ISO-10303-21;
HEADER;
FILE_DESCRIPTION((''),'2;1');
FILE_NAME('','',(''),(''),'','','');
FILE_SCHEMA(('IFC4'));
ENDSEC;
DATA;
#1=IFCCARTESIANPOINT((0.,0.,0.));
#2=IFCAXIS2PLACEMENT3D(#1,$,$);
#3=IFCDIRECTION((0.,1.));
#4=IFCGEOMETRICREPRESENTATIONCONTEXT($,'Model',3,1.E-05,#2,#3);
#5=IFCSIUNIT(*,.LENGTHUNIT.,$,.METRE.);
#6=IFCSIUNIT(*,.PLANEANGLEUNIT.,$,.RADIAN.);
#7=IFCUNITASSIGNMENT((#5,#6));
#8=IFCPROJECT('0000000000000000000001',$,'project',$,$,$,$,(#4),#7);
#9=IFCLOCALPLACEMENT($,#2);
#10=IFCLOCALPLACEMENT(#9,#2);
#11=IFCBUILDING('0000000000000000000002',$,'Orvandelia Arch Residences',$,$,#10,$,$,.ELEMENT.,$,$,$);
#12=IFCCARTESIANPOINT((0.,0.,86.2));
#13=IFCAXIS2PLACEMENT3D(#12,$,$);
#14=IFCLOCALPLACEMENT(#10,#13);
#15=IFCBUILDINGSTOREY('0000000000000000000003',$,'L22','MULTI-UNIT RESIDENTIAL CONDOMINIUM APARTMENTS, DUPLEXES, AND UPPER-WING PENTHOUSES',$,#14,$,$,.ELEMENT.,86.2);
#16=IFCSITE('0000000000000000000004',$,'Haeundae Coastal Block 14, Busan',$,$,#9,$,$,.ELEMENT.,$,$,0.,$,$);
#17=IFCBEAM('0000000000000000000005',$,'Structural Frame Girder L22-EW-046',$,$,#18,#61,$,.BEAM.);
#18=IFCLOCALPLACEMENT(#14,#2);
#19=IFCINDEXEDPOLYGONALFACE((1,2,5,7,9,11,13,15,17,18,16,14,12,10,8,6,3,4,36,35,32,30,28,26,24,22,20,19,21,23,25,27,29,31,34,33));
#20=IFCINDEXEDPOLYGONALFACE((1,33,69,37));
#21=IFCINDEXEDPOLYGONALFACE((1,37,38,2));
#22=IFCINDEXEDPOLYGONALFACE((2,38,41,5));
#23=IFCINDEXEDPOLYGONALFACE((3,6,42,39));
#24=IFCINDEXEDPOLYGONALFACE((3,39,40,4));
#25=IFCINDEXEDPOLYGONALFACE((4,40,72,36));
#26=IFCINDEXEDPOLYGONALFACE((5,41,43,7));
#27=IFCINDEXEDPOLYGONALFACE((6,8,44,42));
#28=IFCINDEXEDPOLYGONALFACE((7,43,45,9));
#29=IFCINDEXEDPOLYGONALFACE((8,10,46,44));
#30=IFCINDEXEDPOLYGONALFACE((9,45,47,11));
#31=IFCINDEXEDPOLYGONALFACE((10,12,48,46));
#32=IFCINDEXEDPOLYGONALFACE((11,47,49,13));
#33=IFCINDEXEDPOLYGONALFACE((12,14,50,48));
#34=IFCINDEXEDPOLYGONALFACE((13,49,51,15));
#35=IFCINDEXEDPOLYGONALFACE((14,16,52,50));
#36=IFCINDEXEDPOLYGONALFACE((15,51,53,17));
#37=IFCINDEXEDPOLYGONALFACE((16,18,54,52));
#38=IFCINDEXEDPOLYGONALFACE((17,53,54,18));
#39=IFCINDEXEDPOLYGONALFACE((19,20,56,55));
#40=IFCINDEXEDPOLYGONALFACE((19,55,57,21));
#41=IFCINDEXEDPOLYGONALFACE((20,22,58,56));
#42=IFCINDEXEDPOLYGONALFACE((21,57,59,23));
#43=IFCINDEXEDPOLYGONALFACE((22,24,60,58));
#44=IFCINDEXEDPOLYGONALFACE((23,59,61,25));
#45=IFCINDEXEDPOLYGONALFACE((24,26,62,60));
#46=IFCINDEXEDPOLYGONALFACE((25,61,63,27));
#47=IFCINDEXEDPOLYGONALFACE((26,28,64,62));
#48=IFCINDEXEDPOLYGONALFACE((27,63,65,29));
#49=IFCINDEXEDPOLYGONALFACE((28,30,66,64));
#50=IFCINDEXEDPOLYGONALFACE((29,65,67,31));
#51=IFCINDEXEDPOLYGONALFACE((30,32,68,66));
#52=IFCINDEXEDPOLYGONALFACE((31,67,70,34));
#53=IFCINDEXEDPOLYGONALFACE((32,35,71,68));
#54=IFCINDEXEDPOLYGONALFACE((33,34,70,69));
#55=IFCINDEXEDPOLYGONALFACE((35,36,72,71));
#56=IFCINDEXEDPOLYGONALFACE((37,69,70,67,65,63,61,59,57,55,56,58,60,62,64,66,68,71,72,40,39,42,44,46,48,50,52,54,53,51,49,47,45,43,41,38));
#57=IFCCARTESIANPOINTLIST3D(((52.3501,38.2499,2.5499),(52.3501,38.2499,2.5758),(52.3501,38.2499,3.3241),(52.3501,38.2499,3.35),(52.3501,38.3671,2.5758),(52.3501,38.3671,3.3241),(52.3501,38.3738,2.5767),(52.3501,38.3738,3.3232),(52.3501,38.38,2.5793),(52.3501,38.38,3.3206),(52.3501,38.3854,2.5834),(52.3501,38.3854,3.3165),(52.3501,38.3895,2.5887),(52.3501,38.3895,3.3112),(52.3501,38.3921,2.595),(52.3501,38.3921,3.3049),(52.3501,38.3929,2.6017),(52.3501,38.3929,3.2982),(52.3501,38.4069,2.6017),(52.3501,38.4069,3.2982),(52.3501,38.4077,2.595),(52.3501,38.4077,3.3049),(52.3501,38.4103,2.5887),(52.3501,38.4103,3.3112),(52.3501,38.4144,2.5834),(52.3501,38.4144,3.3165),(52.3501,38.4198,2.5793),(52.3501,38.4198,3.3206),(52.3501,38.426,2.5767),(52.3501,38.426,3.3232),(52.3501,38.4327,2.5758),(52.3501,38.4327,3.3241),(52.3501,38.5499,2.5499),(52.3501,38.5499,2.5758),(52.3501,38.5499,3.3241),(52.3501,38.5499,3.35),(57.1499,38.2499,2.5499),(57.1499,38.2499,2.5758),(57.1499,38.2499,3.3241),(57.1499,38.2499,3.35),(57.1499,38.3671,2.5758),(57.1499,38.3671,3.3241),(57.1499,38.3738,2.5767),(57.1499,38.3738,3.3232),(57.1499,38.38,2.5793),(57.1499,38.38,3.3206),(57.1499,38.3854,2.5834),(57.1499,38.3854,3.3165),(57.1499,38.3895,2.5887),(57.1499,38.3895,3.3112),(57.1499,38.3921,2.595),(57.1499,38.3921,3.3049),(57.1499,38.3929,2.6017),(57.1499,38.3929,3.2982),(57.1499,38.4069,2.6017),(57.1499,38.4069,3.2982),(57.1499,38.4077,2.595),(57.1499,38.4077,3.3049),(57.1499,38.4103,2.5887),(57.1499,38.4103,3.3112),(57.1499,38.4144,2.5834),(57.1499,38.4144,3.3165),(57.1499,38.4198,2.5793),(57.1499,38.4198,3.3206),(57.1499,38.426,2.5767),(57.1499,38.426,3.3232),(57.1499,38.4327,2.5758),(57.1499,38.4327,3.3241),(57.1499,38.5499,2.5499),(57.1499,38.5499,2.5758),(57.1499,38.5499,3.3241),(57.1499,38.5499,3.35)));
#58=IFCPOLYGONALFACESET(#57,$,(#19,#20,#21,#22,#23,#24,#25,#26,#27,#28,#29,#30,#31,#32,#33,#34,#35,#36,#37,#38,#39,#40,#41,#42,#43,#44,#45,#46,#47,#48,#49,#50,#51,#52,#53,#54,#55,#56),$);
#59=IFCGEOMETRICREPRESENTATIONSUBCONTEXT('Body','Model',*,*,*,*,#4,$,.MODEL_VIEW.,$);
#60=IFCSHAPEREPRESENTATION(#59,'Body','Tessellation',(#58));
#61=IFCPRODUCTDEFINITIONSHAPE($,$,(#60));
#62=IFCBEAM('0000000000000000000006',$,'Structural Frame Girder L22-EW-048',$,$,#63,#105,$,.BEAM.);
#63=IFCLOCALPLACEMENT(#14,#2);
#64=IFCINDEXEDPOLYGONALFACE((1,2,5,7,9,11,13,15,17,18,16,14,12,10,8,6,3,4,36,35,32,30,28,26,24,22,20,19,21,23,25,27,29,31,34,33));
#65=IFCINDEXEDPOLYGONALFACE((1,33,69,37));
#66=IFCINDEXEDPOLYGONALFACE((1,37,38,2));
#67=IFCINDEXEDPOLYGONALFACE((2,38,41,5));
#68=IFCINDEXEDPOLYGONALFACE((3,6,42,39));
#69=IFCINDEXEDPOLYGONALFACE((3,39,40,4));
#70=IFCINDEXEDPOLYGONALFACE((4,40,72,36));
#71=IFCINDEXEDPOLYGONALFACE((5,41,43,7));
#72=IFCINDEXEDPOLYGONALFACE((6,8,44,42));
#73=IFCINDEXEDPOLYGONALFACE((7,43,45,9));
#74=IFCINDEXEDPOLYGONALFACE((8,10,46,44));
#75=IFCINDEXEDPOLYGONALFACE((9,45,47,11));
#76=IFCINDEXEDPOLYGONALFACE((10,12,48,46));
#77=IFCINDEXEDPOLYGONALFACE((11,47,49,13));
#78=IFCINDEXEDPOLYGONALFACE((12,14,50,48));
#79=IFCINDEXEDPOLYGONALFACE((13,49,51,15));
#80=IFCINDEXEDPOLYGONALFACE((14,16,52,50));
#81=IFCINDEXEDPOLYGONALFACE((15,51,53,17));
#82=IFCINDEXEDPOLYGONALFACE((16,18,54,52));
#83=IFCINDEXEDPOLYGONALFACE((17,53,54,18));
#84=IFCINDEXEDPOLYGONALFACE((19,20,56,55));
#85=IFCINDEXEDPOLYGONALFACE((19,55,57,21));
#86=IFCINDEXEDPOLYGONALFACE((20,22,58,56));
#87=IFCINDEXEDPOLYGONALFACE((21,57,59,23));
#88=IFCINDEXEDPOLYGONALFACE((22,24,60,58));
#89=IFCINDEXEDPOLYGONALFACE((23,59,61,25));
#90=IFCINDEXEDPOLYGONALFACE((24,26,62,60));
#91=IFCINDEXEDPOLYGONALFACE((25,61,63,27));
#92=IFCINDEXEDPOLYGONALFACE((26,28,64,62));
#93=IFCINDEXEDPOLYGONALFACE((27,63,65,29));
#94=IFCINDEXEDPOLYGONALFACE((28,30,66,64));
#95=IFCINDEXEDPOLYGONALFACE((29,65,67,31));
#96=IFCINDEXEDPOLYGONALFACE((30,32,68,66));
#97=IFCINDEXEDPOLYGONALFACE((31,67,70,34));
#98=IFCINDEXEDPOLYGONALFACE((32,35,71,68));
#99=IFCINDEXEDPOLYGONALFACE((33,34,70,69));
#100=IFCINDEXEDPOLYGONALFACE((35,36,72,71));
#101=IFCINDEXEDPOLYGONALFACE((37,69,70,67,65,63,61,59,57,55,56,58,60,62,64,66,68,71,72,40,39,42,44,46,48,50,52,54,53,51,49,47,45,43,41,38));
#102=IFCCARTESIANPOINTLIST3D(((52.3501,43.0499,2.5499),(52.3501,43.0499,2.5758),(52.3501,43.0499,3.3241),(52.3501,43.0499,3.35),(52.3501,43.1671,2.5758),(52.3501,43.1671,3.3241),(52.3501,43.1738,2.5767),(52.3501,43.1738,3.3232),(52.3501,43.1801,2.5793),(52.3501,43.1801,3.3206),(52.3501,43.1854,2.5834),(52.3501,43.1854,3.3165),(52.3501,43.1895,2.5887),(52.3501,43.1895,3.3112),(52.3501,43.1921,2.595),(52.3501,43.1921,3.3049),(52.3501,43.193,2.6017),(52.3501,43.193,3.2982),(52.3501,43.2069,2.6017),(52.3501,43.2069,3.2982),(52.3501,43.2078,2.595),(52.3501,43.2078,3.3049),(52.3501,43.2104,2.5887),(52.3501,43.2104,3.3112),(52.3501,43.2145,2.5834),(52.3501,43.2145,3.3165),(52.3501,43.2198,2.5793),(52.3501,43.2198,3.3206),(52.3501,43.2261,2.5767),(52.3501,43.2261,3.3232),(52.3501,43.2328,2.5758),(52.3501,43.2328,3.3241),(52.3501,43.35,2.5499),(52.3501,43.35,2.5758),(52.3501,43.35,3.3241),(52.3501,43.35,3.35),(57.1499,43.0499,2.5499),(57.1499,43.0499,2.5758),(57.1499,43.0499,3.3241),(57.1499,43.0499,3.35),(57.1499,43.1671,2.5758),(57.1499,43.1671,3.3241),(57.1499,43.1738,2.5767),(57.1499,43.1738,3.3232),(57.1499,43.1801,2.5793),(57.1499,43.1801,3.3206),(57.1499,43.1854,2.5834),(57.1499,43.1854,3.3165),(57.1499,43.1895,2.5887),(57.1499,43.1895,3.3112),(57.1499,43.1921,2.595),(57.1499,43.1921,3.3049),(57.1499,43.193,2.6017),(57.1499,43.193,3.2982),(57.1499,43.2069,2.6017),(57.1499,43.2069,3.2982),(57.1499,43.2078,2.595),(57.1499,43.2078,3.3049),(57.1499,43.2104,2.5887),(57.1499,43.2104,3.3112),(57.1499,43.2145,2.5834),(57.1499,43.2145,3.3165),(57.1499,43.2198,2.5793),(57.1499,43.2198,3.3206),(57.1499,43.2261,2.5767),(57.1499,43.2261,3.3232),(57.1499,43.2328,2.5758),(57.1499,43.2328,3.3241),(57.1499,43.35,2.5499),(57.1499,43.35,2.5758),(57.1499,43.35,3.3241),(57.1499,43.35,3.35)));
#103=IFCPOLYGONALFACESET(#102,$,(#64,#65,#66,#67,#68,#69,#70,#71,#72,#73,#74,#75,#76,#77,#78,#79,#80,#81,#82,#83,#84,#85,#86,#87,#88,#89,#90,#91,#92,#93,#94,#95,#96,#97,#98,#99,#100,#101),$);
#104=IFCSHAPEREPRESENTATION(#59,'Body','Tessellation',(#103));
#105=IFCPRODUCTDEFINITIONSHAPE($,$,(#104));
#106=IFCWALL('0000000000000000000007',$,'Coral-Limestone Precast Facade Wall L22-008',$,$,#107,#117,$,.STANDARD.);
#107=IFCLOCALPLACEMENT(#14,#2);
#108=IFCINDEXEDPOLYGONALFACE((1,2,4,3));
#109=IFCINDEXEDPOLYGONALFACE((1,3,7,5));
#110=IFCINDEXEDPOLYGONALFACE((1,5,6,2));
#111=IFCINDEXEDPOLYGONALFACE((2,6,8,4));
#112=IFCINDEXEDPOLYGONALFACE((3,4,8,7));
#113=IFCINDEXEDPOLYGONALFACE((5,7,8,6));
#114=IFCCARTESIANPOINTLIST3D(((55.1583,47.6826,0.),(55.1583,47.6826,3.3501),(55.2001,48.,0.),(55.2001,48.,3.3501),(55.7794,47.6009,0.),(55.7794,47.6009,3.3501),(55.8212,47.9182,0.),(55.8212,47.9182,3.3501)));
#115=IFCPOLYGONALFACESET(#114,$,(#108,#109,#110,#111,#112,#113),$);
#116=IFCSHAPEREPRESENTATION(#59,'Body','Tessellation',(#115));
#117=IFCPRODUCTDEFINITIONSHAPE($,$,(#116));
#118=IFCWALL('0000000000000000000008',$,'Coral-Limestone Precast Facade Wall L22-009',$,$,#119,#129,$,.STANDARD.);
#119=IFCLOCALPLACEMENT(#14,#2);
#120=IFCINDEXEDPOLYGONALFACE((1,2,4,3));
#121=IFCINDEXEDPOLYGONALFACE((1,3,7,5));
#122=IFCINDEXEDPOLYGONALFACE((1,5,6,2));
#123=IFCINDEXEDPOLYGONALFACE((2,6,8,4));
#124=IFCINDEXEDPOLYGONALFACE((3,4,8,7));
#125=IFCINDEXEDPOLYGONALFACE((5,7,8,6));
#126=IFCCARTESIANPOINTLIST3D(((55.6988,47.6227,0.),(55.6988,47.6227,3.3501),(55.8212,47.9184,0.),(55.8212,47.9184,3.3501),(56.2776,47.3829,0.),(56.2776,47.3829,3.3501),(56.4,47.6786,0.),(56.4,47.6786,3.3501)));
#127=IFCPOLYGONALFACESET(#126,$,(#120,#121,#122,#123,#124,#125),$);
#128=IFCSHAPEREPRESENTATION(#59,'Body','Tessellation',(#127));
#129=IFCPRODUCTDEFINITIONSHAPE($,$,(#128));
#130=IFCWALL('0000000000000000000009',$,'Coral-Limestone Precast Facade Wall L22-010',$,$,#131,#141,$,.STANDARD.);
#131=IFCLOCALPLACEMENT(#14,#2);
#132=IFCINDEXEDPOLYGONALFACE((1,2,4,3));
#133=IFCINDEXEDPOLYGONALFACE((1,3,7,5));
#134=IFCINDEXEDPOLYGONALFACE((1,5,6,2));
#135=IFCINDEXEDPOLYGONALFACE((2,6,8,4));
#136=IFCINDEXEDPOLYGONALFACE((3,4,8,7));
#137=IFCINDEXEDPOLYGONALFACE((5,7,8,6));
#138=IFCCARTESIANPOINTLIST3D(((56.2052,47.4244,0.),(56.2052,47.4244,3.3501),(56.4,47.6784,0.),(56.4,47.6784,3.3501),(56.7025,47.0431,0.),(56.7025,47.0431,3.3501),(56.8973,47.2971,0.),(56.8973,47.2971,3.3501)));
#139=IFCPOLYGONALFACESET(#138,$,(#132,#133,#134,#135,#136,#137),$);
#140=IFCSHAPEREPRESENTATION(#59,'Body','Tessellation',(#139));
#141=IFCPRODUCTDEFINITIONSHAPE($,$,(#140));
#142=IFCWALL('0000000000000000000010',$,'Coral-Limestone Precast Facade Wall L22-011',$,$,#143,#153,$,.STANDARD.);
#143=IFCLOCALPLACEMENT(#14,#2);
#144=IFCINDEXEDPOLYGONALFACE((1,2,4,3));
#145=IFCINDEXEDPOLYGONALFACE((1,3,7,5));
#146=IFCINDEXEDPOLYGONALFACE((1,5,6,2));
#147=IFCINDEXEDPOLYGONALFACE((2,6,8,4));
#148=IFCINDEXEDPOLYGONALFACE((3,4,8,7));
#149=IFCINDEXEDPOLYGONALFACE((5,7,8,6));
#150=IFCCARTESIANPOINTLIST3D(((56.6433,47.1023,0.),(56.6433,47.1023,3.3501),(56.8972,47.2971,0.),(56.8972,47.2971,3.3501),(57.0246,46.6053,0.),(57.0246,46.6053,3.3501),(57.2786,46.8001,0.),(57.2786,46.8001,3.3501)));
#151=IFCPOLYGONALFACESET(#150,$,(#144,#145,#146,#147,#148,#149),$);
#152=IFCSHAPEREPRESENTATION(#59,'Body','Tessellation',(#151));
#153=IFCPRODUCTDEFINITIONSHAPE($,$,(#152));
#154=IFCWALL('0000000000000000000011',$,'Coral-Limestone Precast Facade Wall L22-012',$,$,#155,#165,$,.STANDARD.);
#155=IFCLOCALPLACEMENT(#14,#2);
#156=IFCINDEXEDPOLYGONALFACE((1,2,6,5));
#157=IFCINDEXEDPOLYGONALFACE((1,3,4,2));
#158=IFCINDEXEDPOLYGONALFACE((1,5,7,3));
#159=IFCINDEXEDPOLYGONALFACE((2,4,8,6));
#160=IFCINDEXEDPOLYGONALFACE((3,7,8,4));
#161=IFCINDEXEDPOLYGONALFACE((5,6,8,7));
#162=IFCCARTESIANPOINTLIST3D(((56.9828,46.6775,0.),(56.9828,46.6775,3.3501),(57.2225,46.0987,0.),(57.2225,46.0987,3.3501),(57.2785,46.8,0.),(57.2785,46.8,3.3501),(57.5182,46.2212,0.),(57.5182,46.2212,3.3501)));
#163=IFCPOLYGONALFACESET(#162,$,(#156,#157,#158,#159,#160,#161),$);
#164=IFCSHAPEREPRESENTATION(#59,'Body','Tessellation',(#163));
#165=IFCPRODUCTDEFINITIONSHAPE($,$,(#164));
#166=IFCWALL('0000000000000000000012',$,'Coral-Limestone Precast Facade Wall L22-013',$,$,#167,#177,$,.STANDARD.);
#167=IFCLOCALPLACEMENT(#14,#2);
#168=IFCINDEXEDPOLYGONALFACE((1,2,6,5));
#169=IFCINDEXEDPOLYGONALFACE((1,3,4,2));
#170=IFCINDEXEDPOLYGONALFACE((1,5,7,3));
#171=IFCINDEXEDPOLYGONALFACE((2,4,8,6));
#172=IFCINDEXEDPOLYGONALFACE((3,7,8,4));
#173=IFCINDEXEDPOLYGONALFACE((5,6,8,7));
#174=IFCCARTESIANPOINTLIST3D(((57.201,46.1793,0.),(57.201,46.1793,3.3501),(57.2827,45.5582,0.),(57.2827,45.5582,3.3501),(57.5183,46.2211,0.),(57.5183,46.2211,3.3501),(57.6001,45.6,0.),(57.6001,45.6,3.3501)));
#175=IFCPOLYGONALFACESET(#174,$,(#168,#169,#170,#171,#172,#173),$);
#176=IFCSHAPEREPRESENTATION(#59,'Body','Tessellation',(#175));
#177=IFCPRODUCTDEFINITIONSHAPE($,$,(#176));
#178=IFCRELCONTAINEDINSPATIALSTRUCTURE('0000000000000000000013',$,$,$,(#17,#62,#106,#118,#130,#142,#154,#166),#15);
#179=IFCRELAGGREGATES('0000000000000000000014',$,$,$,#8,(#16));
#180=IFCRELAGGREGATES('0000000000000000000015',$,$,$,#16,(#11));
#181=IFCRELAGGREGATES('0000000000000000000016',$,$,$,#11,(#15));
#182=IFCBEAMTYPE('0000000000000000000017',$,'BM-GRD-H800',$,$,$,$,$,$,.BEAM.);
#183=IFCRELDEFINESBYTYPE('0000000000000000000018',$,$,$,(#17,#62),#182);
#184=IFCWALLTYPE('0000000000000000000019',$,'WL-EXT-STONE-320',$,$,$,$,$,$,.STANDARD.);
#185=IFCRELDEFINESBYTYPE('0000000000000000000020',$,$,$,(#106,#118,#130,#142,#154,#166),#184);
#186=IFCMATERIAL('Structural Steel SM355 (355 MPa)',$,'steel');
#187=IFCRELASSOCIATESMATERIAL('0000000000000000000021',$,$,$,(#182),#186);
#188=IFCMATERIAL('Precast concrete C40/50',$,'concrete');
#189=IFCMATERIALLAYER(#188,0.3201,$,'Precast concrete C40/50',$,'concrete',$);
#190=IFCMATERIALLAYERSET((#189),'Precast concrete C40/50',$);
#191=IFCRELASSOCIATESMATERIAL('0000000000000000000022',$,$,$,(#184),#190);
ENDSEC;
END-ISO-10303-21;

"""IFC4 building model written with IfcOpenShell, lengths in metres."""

from ifc_helpers import new_model, si_unit, direction, frame, frame_2d, origin, origin_2d, place, context, subcontext, project, spatial, rectangle, i_section, extrude, material, layer, layer_set, material_profile, profile_set, type_object, element, save


model = new_model("IFC4")

# Units and contexts
model_context = context("Model", 3, precision=1e-05, world=origin(), true_north=direction((0.0, 1.0)))
body_context = subcontext(model_context, "Body", "Model", "MODEL_VIEW")
ifc_project = project(units=[si_unit("LENGTHUNIT", "METRE"), si_unit("PLANEANGLEUNIT", "RADIAN")], contexts=[model_context])

# Site, building, storey
site_placement = place(None, origin())
site = spatial("IfcSite", under=ifc_project, at=site_placement, Name="Haeundae Coastal Block 14, Busan", CompositionType="ELEMENT", RefElevation=0.0)
building_placement = place(site_placement, origin())
building = spatial("IfcBuilding", under=site, at=building_placement, Name="Orvandelia Arch Residences", CompositionType="ELEMENT")
storey_placement = place(building_placement, frame((0.0, 0.0, 86.2)))
storey = spatial("IfcBuildingStorey", under=building, at=storey_placement, Name="L22", Description="MULTI-UNIT RESIDENTIAL CONDOMINIUM APARTMENTS, DUPLEXES, AND UPPER-WING PENTHOUSES", CompositionType="ELEMENT", Elevation=86.2)

# Beams
ifc_material_1 = material(Name="Structural Steel SM355 (355 MPa)", Category="steel")
ifc_material_profile_1 = material_profile(ifc_material_1, i_section(OverallWidth=0.3, OverallDepth=0.8, WebThickness=0.0139, FlangeThickness=0.0259, FilletRadius=0.0259, at=origin_2d()), Name="Structural Steel SM355 (355 MPa)", Category="steel")
ifc_profile_set_1 = profile_set([ifc_material_profile_1], Name="Structural Steel SM355 (355 MPa)")
beam_type = type_object("IfcBeamType", Name="BM-GRD-H800", PredefinedType="BEAM", material=ifc_profile_set_1)
for number, where, z_axis, x_axis, name in (
    (1, (52.3501, 38.3999, 2.95), (1.0, 0.0, 0.0), (0.0, 1.0, 0.0), "Structural Frame Girder L22-EW-046"),
    (2, (52.3501, 43.2, 2.95), (1.0, 0.0, 0.0), (0.0, 1.0, 0.0), "Structural Frame Girder L22-EW-048"),
):
    element("IfcBeam", number, at=place(storey_placement, frame(where, z_axis=z_axis, x_axis=x_axis)), inside=storey, type_object=beam_type, Name=name, PredefinedType="BEAM", context=body_context, shape_type="SweptSolid", body=[
        extrude(i_section(OverallWidth=0.3, OverallDepth=0.8, WebThickness=0.0139, FlangeThickness=0.0259, FilletRadius=0.0259, at=origin_2d()), origin(), (0.0, 0.0, 1.0), 4.7998),
    ])

# Walls
ifc_material_2 = material(Name="Precast concrete C40/50", Category="concrete")
ifc_layer_1 = layer(ifc_material_2, 0.3201, Name="Precast concrete C40/50", Category="concrete")
ifc_layer_set_1 = layer_set([ifc_layer_1], Name="Precast concrete C40/50")
wall_type_1 = type_object("IfcWallType", Name="WL-EXT-STONE-320", PredefinedType="STANDARD", material=ifc_layer_set_1)
for number, where, z_axis, x_axis, name in (
    (3, (55.1792, 47.8413, 0.0), (0.0, 0.0, 1.0), (0.991441, -0.130555, 0.0), "Coral-Limestone Precast Facade Wall L22-008"),
    (4, (55.76, 47.7705, 0.0), (0.0, 0.0, 1.0), (0.923893, -0.38265, 0.0), "Coral-Limestone Precast Facade Wall L22-009"),
):
    element("IfcWall", number, at=place(storey_placement, frame(where, z_axis=z_axis, x_axis=x_axis)), inside=storey, type_object=wall_type_1, Name=name, PredefinedType="STANDARD", context=body_context, shape_type="SweptSolid", body=[
        extrude(rectangle(XDim=0.6265, YDim=0.3201, at=frame_2d((0.3132, 0.0))), origin(), (0.0, 0.0, 1.0), 3.3501),
    ])
wall_1_placement = place(storey_placement, frame((56.3025, 47.5515, 0.0), z_axis=(0.0, 0.0, 1.0), x_axis=(0.79355, -0.608505, 0.0)))
element("IfcWall", 5, at=wall_1_placement, inside=storey, type_object=wall_type_1, Name="Coral-Limestone Precast Facade Wall L22-010", PredefinedType="STANDARD", context=body_context, shape_type="SweptSolid", body=[
    extrude(rectangle(XDim=0.6267, YDim=0.3201, at=frame_2d((0.3135, 0.0))), origin(), (0.0, 0.0, 1.0), 3.3501),
])
for number, where, z_axis, x_axis, name in (
    (6, (56.7703, 47.1997, 0.0), (0.0, 0.0, 1.0), (0.608693, -0.793406, 0.0), "Coral-Limestone Precast Facade Wall L22-011"),
    (7, (57.1306, 46.7388, 0.0), (0.0, 0.0, 1.0), (0.38265, -0.923893, 0.0), "Coral-Limestone Precast Facade Wall L22-012"),
    (8, (57.3596, 46.2002, 0.0), (0.0, 0.0, 1.0), (0.130555, -0.991441, 0.0), "Coral-Limestone Precast Facade Wall L22-013"),
):
    element("IfcWall", number, at=place(storey_placement, frame(where, z_axis=z_axis, x_axis=x_axis)), inside=storey, type_object=wall_type_1, Name=name, PredefinedType="STANDARD", context=body_context, shape_type="SweptSolid", body=[
        extrude(rectangle(XDim=0.6265, YDim=0.3201, at=frame_2d((0.3132, 0.0))), origin(), (0.0, 0.0, 1.0), 3.3501),
    ])

save(model, "model.ifc")
